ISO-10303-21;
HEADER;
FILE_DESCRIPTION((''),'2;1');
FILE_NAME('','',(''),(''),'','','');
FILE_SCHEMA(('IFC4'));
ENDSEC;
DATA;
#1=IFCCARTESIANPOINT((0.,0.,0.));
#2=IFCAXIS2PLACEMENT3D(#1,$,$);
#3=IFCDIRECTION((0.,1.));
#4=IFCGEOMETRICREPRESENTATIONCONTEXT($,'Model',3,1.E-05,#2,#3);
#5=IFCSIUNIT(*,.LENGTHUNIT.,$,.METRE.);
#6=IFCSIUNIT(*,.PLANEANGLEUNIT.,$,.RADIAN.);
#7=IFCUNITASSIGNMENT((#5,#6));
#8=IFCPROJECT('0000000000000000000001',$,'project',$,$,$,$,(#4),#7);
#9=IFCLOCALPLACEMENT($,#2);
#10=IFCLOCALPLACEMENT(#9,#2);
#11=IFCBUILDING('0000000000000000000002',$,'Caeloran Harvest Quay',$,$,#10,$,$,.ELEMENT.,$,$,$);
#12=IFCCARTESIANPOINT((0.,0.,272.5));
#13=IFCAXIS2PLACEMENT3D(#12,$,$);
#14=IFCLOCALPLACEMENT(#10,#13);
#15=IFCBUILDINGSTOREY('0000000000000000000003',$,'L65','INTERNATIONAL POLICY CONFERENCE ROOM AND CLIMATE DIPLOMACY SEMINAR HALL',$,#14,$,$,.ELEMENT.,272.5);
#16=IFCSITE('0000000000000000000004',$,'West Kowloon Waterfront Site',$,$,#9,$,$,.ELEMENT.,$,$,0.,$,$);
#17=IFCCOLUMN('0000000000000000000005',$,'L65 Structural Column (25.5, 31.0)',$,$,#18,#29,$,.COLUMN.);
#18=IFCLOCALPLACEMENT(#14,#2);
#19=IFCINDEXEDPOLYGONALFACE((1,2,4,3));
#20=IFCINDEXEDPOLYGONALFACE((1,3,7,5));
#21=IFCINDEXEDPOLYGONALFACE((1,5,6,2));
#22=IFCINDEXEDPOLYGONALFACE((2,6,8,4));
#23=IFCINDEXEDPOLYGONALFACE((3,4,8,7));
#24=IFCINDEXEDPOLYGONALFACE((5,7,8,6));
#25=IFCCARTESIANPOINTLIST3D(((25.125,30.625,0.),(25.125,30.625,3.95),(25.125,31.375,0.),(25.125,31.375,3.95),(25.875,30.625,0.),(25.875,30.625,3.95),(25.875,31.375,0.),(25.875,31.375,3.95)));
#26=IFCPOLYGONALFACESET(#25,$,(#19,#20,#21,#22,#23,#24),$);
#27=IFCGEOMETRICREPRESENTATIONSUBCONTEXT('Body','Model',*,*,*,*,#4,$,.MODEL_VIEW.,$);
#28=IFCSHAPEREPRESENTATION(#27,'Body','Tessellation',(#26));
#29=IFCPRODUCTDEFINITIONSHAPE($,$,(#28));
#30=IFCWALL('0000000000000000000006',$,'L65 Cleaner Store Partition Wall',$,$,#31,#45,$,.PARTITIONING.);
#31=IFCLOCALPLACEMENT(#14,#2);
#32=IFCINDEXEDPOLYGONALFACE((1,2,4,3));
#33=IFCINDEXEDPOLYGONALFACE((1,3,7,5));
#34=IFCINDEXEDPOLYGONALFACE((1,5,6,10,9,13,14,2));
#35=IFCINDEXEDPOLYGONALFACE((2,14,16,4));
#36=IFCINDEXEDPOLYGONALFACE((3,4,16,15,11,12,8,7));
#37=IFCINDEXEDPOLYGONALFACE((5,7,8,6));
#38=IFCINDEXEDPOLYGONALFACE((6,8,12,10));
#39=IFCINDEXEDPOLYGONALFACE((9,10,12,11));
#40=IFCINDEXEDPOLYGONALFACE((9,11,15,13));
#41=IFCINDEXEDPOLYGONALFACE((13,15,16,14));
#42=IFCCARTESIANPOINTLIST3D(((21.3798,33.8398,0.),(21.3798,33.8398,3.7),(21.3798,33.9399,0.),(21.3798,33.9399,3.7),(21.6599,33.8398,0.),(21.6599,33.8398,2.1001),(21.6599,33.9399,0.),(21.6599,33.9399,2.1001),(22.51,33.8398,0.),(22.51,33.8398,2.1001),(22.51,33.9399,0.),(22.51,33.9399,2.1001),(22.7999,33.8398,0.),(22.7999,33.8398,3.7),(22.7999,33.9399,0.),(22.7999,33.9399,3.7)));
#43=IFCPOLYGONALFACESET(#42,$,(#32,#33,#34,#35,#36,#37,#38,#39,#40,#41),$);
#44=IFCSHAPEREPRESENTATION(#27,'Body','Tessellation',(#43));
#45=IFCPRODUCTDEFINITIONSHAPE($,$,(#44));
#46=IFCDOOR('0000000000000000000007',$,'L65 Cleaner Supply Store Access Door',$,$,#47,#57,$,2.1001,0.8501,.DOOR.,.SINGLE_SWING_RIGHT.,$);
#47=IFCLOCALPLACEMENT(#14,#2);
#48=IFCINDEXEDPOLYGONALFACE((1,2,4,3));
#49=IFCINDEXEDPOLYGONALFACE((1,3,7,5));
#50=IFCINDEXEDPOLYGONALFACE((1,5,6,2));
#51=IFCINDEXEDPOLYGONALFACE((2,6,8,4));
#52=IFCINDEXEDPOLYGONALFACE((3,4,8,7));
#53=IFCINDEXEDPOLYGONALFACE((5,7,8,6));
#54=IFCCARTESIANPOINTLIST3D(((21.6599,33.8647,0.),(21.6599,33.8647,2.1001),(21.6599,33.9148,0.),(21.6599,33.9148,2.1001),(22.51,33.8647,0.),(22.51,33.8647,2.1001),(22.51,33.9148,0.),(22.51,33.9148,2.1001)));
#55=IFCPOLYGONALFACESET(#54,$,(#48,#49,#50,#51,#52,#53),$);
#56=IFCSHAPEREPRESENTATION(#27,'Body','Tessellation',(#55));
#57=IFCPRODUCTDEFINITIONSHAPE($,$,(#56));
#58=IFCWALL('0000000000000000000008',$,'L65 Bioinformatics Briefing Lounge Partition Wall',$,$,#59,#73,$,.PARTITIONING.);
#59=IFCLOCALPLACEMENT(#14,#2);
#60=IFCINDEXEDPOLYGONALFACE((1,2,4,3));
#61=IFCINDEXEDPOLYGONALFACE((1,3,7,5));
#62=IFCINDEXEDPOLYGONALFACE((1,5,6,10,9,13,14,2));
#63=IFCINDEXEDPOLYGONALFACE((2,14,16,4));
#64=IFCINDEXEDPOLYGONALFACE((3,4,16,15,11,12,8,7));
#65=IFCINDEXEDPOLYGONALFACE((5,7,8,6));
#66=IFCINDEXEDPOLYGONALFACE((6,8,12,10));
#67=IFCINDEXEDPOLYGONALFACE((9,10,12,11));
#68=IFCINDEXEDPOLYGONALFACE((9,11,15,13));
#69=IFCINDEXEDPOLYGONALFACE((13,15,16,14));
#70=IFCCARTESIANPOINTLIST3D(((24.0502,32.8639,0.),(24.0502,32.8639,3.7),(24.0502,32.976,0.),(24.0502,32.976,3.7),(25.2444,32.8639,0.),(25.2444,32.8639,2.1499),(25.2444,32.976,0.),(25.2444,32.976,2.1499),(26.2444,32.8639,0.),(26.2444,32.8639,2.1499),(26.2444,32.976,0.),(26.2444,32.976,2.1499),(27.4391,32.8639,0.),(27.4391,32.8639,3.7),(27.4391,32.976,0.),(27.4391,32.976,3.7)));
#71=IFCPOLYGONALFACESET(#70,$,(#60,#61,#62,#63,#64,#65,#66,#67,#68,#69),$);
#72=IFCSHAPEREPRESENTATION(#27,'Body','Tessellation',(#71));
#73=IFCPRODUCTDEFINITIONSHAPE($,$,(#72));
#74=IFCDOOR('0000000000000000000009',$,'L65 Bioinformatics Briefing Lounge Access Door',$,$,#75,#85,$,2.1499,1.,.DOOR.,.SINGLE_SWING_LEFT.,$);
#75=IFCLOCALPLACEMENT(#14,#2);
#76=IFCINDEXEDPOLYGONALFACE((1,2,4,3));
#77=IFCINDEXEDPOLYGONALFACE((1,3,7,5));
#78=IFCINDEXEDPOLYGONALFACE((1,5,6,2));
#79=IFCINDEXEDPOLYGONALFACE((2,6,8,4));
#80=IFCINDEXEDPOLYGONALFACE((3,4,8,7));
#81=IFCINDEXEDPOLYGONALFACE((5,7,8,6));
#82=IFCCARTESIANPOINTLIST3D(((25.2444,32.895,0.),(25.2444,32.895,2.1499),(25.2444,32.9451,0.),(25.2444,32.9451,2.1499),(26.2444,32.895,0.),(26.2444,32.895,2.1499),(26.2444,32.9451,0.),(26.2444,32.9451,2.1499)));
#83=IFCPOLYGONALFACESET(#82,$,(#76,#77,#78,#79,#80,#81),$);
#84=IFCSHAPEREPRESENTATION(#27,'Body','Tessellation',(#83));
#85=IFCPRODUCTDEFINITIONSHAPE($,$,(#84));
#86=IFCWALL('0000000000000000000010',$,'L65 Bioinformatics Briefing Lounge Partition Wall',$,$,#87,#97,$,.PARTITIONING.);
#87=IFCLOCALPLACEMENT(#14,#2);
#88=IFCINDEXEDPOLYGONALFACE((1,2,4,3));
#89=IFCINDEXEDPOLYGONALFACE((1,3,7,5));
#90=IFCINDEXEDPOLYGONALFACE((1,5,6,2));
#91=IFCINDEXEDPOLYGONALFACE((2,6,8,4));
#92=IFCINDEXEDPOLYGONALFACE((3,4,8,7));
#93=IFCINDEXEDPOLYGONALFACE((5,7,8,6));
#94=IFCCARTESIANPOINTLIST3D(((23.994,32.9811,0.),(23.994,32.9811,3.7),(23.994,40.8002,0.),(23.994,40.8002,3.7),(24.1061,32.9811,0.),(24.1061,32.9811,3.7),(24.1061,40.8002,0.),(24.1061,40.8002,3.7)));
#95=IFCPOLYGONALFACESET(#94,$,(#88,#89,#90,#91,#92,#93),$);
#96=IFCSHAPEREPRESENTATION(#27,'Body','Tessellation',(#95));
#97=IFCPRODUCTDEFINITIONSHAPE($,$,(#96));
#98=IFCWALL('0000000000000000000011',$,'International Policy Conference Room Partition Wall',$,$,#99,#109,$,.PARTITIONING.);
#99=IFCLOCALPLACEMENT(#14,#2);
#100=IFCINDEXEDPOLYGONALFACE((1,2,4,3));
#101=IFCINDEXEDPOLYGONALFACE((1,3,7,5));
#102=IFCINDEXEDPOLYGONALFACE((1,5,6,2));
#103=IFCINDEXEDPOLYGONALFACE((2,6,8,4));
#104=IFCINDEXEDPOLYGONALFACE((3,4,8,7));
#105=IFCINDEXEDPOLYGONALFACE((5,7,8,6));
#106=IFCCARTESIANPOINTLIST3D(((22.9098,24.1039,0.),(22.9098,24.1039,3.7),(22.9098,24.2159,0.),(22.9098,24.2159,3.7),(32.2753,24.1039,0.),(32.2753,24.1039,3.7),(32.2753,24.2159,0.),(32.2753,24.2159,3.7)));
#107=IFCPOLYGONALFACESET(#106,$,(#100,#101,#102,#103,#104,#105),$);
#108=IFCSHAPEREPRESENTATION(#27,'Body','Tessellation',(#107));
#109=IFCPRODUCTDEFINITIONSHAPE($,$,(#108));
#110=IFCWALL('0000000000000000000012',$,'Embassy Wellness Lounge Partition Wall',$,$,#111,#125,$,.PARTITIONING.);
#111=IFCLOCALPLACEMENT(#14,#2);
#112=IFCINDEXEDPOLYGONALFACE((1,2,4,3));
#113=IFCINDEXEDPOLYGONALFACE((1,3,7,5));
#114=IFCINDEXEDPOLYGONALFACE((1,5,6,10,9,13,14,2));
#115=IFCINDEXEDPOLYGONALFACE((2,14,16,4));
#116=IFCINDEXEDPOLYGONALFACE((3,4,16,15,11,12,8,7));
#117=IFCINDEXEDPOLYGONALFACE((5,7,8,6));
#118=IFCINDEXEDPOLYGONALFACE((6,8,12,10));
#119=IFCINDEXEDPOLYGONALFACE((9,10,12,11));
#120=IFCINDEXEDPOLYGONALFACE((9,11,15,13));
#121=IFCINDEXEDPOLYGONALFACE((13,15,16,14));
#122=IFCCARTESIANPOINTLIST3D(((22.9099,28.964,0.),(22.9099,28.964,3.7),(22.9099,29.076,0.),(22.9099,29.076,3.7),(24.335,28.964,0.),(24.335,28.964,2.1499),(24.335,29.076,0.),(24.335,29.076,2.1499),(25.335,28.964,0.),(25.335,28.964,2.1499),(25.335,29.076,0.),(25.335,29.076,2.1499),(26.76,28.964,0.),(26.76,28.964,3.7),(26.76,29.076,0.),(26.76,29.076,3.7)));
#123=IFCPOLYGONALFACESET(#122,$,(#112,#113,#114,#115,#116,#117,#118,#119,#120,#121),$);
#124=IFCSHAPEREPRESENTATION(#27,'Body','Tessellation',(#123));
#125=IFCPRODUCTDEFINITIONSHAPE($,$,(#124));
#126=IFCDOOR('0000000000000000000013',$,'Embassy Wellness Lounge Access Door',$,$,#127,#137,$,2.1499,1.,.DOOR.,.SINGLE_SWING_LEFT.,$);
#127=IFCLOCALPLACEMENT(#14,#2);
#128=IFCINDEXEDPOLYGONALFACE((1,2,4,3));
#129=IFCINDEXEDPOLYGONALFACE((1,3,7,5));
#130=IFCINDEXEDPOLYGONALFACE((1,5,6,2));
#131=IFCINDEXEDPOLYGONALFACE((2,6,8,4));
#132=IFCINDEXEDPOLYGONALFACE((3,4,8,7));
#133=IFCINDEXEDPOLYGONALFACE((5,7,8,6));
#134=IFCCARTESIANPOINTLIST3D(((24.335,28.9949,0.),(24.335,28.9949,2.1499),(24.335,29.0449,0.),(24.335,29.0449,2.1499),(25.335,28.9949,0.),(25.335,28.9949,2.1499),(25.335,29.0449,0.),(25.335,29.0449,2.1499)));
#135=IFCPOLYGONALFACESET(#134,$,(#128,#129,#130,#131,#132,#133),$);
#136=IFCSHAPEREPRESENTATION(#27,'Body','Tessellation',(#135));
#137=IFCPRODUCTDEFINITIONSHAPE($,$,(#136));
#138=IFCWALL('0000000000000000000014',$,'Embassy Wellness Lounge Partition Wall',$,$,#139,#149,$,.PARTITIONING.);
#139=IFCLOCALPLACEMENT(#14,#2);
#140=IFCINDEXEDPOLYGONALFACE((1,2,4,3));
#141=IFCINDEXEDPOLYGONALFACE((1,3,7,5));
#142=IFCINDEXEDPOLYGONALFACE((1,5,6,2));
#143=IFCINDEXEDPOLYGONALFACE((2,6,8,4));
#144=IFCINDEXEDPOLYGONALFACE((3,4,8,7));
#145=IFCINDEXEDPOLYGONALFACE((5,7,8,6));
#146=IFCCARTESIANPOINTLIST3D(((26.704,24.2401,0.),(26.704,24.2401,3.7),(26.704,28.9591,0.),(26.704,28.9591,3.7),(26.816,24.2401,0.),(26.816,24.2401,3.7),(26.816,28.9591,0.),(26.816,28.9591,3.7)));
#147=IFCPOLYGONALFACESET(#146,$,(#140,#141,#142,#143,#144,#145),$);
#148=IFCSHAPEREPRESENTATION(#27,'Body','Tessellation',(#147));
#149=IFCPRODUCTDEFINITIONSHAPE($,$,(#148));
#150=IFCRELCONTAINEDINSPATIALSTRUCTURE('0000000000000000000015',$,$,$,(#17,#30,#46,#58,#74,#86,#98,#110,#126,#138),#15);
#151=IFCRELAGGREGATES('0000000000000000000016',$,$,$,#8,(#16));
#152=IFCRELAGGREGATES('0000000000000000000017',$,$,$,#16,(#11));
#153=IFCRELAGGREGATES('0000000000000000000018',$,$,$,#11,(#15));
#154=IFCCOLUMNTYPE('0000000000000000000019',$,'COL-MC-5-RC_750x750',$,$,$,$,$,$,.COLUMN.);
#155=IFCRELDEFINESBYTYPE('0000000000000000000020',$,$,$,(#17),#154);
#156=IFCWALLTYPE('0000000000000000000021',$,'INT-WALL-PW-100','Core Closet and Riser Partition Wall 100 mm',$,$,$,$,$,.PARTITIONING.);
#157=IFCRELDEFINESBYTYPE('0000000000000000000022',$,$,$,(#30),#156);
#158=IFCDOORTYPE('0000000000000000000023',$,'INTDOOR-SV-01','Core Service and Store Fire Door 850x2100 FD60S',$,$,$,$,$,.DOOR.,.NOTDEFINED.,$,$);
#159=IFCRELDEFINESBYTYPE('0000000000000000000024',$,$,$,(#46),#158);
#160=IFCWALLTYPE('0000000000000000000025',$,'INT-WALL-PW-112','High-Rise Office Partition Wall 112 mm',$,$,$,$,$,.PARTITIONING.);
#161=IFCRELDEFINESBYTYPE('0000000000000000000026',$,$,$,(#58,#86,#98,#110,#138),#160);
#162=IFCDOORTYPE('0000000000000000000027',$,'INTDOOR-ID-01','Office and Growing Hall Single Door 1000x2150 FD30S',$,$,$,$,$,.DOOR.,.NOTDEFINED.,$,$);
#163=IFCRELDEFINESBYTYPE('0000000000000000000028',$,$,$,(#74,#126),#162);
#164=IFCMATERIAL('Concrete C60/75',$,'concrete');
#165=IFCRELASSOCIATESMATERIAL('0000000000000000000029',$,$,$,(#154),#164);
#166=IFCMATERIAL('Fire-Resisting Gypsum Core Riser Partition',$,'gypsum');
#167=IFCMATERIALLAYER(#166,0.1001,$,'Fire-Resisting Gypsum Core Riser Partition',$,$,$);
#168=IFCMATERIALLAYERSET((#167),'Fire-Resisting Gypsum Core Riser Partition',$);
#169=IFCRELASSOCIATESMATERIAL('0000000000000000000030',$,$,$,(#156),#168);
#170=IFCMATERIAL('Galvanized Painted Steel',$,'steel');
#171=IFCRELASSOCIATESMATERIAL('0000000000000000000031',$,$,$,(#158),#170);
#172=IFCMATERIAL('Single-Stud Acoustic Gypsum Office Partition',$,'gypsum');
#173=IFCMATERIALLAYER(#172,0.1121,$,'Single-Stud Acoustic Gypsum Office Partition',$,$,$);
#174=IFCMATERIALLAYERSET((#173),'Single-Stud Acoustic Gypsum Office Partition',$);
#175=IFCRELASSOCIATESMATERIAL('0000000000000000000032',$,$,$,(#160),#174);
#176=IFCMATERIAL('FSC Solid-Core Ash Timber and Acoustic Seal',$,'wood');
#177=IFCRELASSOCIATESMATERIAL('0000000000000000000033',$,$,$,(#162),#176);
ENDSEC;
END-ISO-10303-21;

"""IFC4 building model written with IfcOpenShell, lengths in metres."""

from ifc_helpers import new_model, si_unit, direction, frame, frame_2d, origin, origin_2d, place, context, subcontext, project, spatial, rectangle, extrude, material, layer, layer_set, material_profile, profile_set, type_object, element, fill, save


model = new_model("IFC4")

# Units and contexts
model_context = context("Model", 3, precision=1e-05, world=origin(), true_north=direction((0.0, 1.0)))
body_context = subcontext(model_context, "Body", "Model", "MODEL_VIEW")
ifc_project = project(units=[si_unit("LENGTHUNIT", "METRE"), si_unit("PLANEANGLEUNIT", "RADIAN")], contexts=[model_context])

# Site, building, storey
site_placement = place(None, origin())
site = spatial("IfcSite", under=ifc_project, at=site_placement, Name="West Kowloon Waterfront Site", CompositionType="ELEMENT", RefElevation=0.0)
building_placement = place(site_placement, origin())
building = spatial("IfcBuilding", under=site, at=building_placement, Name="Caeloran Harvest Quay", CompositionType="ELEMENT")
storey_placement = place(building_placement, frame((0.0, 0.0, 272.5)))
storey = spatial("IfcBuildingStorey", under=building, at=storey_placement, Name="L65", Description="INTERNATIONAL POLICY CONFERENCE ROOM AND CLIMATE DIPLOMACY SEMINAR HALL", CompositionType="ELEMENT", Elevation=272.5)

# Column
ifc_material_1 = material(Name="Concrete C60/75", Category="concrete")
ifc_material_profile = material_profile(ifc_material_1, rectangle(XDim=0.75, YDim=0.75, at=origin_2d()), Name="RC 750x750")
ifc_profile_set = profile_set([ifc_material_profile], Name="Concrete C60/75")
column_type = type_object("IfcColumnType", Name="COL-MC-5-RC_750x750", PredefinedType="COLUMN", material=ifc_profile_set)
column_placement = place(storey_placement, frame((25.5, 31.0, 0.0), z_axis=(0.0, 0.0, 1.0), x_axis=(1.0, 0.0, 0.0)))
element("IfcColumn", 1, at=column_placement, inside=storey, type_object=column_type, Name="L65 Structural Column (25.5, 31.0)", PredefinedType="COLUMN", context=body_context, shape_type="SweptSolid", body=[
    extrude(rectangle(XDim=0.75, YDim=0.75, at=origin_2d()), origin(), (0.0, 0.0, 1.0), 3.95),
])

# Walls, openings, doors
ifc_material_2 = material(Name="Fire-Resisting Gypsum Core Riser Partition", Category="gypsum")
ifc_layer_1 = layer(ifc_material_2, 0.1001, Name="Fire-Resisting Gypsum Core Riser Partition")
ifc_layer_set_1 = layer_set([ifc_layer_1], Name="Fire-Resisting Gypsum Core Riser Partition")
wall_type_1 = type_object("IfcWallType", Name="INT-WALL-PW-100", Description="Core Closet and Riser Partition Wall 100 mm", PredefinedType="PARTITIONING", material=ifc_layer_set_1)
wall_1_placement = place(storey_placement, frame((21.3799, 33.8899, 0.0), z_axis=(0.0, 0.0, 1.0), x_axis=(1.0, 0.0, 0.0)))
wall_1 = element("IfcWall", 2, at=wall_1_placement, inside=storey, type_object=wall_type_1, Name="L65 Cleaner Store Partition Wall", PredefinedType="PARTITIONING", context=body_context, shape_type="SweptSolid", body=[
    extrude(rectangle(XDim=1.4202, YDim=0.1001, at=frame_2d((0.71, 0.0))), origin(), (0.0, 0.0, 1.0), 3.7),
])
opening_1_placement = place(wall_1_placement, frame((0.28, 0.0, 0.0)))
opening_1 = element("IfcOpeningElement", 3, at=opening_1_placement, cuts=wall_1, PredefinedType="OPENING", context=body_context, shape_type="SweptSolid", body=[
    extrude(rectangle(XDim=0.8501, YDim=2.1001, at=frame_2d((0.425, 1.05))), frame((0.0, 0.0601, 0.0), z_axis=(0.0, -1.0, 0.0), x_axis=(1.0, 0.0, 0.0)), (0.0, 0.0, 1.0), 0.1201),
])
ifc_material_3 = material(Name="Galvanized Painted Steel", Category="steel")
door_type_1 = type_object("IfcDoorType", Name="INTDOOR-SV-01", Description="Core Service and Store Fire Door 850x2100 FD60S", OperationType="NOTDEFINED", PredefinedType="DOOR", material=ifc_material_3)
door_1_placement = place(opening_1_placement, origin())
door_1 = element("IfcDoor", 4, at=door_1_placement, inside=storey, type_object=door_type_1, Name="L65 Cleaner Supply Store Access Door", OperationType="SINGLE_SWING_RIGHT", OverallHeight=2.1001, OverallWidth=0.8501, PredefinedType="DOOR", context=body_context, shape_type="SweptSolid", body=[
    extrude(rectangle(XDim=0.8501, YDim=2.1001, at=frame_2d((0.425, 1.05))), frame((0.0, 0.0249, 0.0), z_axis=(0.0, -1.0, 0.0), x_axis=(1.0, 0.0, 0.0)), (0.0, 0.0, 1.0), 0.05),
])
fill(opening_1, door_1)
ifc_material_4 = material(Name="Single-Stud Acoustic Gypsum Office Partition", Category="gypsum")
ifc_layer_2 = layer(ifc_material_4, 0.1121, Name="Single-Stud Acoustic Gypsum Office Partition")
ifc_layer_set_2 = layer_set([ifc_layer_2], Name="Single-Stud Acoustic Gypsum Office Partition")
wall_type_2 = type_object("IfcWallType", Name="INT-WALL-PW-112", Description="High-Rise Office Partition Wall 112 mm", PredefinedType="PARTITIONING", material=ifc_layer_set_2)
wall_2_placement = place(storey_placement, frame((27.439, 32.9199, 0.0), z_axis=(0.0, 0.0, 1.0), x_axis=(-1.0, 0.0, 0.0)))
wall_2 = element("IfcWall", 5, at=wall_2_placement, inside=storey, type_object=wall_type_2, Name="L65 Bioinformatics Briefing Lounge Partition Wall", PredefinedType="PARTITIONING", context=body_context, shape_type="SweptSolid", body=[
    extrude(rectangle(XDim=3.3889, YDim=0.1121, at=frame_2d((1.6943, 0.0))), origin(), (0.0, 0.0, 1.0), 3.7),
])
opening_2_placement = place(wall_2_placement, frame((1.1946, 0.0, 0.0)))
opening_2 = element("IfcOpeningElement", 6, at=opening_2_placement, cuts=wall_2, PredefinedType="OPENING", context=body_context, shape_type="SweptSolid", body=[
    extrude(rectangle(XDim=1.0, YDim=2.1499, at=frame_2d((0.5, 1.075))), frame((0.0, 0.0659, 0.0), z_axis=(0.0, -1.0, 0.0), x_axis=(1.0, 0.0, 0.0)), (0.0, 0.0, 1.0), 0.1321),
])
ifc_material_5 = material(Name="FSC Solid-Core Ash Timber and Acoustic Seal", Category="wood")
door_type_2 = type_object("IfcDoorType", Name="INTDOOR-ID-01", Description="Office and Growing Hall Single Door 1000x2150 FD30S", OperationType="NOTDEFINED", PredefinedType="DOOR", material=ifc_material_5)
door_2_placement = place(opening_2_placement, origin())
door_2 = element("IfcDoor", 7, at=door_2_placement, inside=storey, type_object=door_type_2, Name="L65 Bioinformatics Briefing Lounge Access Door", OperationType="SINGLE_SWING_LEFT", OverallHeight=2.1499, OverallWidth=1.0, PredefinedType="DOOR", context=body_context, shape_type="SweptSolid", body=[
    extrude(rectangle(XDim=1.0, YDim=2.1499, at=frame_2d((0.5, 1.075))), frame((0.0, 0.0249, 0.0), z_axis=(0.0, -1.0, 0.0), x_axis=(1.0, 0.0, 0.0)), (0.0, 0.0, 1.0), 0.05),
])
fill(opening_2, door_2)

# Wall
wall_3_placement = place(storey_placement, frame((24.05, 32.981, 0.0), z_axis=(0.0, 0.0, 1.0), x_axis=(0.0, 1.0, 0.0)))
element("IfcWall", 8, at=wall_3_placement, inside=storey, type_object=wall_type_2, Name="L65 Bioinformatics Briefing Lounge Partition Wall", PredefinedType="PARTITIONING", context=body_context, shape_type="SweptSolid", body=[
    extrude(rectangle(XDim=7.8191, YDim=0.1121, at=frame_2d((3.9097, 0.0))), origin(), (0.0, 0.0, 1.0), 3.7),
])

# Wall
wall_4_placement = place(storey_placement, frame((22.9099, 24.1599, 0.0), z_axis=(0.0, 0.0, 1.0), x_axis=(1.0, 0.0, 0.0)))
element("IfcWall", 9, at=wall_4_placement, inside=storey, type_object=wall_type_2, Name="International Policy Conference Room Partition Wall", PredefinedType="PARTITIONING", context=body_context, shape_type="SweptSolid", body=[
    extrude(rectangle(XDim=9.3655, YDim=0.1121, at=frame_2d((4.6826, 0.0))), origin(), (0.0, 0.0, 1.0), 3.7),
])

# Wall, opening, door
wall_5_placement = place(storey_placement, frame((22.9099, 29.02, 0.0), z_axis=(0.0, 0.0, 1.0), x_axis=(1.0, 0.0, 0.0)))
wall_5 = element("IfcWall", 10, at=wall_5_placement, inside=storey, type_object=wall_type_2, Name="Embassy Wellness Lounge Partition Wall", PredefinedType="PARTITIONING", context=body_context, shape_type="SweptSolid", body=[
    extrude(rectangle(XDim=3.8501, YDim=0.1121, at=frame_2d((1.925, 0.0))), origin(), (0.0, 0.0, 1.0), 3.7),
])
opening_3_placement = place(wall_5_placement, frame((1.425, 0.0, 0.0)))
opening_3 = element("IfcOpeningElement", 11, at=opening_3_placement, cuts=wall_5, PredefinedType="OPENING", context=body_context, shape_type="SweptSolid", body=[
    extrude(rectangle(XDim=1.0, YDim=2.1499, at=frame_2d((0.5, 1.075))), frame((0.0, 0.0659, 0.0), z_axis=(0.0, -1.0, 0.0), x_axis=(1.0, 0.0, 0.0)), (0.0, 0.0, 1.0), 0.1321),
])
door_3_placement = place(opening_3_placement, origin())
door_3 = element("IfcDoor", 12, at=door_3_placement, inside=storey, type_object=door_type_2, Name="Embassy Wellness Lounge Access Door", OperationType="SINGLE_SWING_LEFT", OverallHeight=2.1499, OverallWidth=1.0, PredefinedType="DOOR", context=body_context, shape_type="SweptSolid", body=[
    extrude(rectangle(XDim=1.0, YDim=2.1499, at=frame_2d((0.5, 1.075))), frame((0.0, 0.0249, 0.0), z_axis=(0.0, -1.0, 0.0), x_axis=(1.0, 0.0, 0.0)), (0.0, 0.0, 1.0), 0.05),
])
fill(opening_3, door_3)

# Wall
wall_6_placement = place(storey_placement, frame((26.76, 28.959, 0.0), z_axis=(0.0, 0.0, 1.0), x_axis=(0.0, -1.0, 0.0)))
element("IfcWall", 13, at=wall_6_placement, inside=storey, type_object=wall_type_2, Name="Embassy Wellness Lounge Partition Wall", PredefinedType="PARTITIONING", context=body_context, shape_type="SweptSolid", body=[
    extrude(rectangle(XDim=4.719, YDim=0.1121, at=frame_2d((2.3594, 0.0))), origin(), (0.0, 0.0, 1.0), 3.7),
])

save(model, "model.ifc")
